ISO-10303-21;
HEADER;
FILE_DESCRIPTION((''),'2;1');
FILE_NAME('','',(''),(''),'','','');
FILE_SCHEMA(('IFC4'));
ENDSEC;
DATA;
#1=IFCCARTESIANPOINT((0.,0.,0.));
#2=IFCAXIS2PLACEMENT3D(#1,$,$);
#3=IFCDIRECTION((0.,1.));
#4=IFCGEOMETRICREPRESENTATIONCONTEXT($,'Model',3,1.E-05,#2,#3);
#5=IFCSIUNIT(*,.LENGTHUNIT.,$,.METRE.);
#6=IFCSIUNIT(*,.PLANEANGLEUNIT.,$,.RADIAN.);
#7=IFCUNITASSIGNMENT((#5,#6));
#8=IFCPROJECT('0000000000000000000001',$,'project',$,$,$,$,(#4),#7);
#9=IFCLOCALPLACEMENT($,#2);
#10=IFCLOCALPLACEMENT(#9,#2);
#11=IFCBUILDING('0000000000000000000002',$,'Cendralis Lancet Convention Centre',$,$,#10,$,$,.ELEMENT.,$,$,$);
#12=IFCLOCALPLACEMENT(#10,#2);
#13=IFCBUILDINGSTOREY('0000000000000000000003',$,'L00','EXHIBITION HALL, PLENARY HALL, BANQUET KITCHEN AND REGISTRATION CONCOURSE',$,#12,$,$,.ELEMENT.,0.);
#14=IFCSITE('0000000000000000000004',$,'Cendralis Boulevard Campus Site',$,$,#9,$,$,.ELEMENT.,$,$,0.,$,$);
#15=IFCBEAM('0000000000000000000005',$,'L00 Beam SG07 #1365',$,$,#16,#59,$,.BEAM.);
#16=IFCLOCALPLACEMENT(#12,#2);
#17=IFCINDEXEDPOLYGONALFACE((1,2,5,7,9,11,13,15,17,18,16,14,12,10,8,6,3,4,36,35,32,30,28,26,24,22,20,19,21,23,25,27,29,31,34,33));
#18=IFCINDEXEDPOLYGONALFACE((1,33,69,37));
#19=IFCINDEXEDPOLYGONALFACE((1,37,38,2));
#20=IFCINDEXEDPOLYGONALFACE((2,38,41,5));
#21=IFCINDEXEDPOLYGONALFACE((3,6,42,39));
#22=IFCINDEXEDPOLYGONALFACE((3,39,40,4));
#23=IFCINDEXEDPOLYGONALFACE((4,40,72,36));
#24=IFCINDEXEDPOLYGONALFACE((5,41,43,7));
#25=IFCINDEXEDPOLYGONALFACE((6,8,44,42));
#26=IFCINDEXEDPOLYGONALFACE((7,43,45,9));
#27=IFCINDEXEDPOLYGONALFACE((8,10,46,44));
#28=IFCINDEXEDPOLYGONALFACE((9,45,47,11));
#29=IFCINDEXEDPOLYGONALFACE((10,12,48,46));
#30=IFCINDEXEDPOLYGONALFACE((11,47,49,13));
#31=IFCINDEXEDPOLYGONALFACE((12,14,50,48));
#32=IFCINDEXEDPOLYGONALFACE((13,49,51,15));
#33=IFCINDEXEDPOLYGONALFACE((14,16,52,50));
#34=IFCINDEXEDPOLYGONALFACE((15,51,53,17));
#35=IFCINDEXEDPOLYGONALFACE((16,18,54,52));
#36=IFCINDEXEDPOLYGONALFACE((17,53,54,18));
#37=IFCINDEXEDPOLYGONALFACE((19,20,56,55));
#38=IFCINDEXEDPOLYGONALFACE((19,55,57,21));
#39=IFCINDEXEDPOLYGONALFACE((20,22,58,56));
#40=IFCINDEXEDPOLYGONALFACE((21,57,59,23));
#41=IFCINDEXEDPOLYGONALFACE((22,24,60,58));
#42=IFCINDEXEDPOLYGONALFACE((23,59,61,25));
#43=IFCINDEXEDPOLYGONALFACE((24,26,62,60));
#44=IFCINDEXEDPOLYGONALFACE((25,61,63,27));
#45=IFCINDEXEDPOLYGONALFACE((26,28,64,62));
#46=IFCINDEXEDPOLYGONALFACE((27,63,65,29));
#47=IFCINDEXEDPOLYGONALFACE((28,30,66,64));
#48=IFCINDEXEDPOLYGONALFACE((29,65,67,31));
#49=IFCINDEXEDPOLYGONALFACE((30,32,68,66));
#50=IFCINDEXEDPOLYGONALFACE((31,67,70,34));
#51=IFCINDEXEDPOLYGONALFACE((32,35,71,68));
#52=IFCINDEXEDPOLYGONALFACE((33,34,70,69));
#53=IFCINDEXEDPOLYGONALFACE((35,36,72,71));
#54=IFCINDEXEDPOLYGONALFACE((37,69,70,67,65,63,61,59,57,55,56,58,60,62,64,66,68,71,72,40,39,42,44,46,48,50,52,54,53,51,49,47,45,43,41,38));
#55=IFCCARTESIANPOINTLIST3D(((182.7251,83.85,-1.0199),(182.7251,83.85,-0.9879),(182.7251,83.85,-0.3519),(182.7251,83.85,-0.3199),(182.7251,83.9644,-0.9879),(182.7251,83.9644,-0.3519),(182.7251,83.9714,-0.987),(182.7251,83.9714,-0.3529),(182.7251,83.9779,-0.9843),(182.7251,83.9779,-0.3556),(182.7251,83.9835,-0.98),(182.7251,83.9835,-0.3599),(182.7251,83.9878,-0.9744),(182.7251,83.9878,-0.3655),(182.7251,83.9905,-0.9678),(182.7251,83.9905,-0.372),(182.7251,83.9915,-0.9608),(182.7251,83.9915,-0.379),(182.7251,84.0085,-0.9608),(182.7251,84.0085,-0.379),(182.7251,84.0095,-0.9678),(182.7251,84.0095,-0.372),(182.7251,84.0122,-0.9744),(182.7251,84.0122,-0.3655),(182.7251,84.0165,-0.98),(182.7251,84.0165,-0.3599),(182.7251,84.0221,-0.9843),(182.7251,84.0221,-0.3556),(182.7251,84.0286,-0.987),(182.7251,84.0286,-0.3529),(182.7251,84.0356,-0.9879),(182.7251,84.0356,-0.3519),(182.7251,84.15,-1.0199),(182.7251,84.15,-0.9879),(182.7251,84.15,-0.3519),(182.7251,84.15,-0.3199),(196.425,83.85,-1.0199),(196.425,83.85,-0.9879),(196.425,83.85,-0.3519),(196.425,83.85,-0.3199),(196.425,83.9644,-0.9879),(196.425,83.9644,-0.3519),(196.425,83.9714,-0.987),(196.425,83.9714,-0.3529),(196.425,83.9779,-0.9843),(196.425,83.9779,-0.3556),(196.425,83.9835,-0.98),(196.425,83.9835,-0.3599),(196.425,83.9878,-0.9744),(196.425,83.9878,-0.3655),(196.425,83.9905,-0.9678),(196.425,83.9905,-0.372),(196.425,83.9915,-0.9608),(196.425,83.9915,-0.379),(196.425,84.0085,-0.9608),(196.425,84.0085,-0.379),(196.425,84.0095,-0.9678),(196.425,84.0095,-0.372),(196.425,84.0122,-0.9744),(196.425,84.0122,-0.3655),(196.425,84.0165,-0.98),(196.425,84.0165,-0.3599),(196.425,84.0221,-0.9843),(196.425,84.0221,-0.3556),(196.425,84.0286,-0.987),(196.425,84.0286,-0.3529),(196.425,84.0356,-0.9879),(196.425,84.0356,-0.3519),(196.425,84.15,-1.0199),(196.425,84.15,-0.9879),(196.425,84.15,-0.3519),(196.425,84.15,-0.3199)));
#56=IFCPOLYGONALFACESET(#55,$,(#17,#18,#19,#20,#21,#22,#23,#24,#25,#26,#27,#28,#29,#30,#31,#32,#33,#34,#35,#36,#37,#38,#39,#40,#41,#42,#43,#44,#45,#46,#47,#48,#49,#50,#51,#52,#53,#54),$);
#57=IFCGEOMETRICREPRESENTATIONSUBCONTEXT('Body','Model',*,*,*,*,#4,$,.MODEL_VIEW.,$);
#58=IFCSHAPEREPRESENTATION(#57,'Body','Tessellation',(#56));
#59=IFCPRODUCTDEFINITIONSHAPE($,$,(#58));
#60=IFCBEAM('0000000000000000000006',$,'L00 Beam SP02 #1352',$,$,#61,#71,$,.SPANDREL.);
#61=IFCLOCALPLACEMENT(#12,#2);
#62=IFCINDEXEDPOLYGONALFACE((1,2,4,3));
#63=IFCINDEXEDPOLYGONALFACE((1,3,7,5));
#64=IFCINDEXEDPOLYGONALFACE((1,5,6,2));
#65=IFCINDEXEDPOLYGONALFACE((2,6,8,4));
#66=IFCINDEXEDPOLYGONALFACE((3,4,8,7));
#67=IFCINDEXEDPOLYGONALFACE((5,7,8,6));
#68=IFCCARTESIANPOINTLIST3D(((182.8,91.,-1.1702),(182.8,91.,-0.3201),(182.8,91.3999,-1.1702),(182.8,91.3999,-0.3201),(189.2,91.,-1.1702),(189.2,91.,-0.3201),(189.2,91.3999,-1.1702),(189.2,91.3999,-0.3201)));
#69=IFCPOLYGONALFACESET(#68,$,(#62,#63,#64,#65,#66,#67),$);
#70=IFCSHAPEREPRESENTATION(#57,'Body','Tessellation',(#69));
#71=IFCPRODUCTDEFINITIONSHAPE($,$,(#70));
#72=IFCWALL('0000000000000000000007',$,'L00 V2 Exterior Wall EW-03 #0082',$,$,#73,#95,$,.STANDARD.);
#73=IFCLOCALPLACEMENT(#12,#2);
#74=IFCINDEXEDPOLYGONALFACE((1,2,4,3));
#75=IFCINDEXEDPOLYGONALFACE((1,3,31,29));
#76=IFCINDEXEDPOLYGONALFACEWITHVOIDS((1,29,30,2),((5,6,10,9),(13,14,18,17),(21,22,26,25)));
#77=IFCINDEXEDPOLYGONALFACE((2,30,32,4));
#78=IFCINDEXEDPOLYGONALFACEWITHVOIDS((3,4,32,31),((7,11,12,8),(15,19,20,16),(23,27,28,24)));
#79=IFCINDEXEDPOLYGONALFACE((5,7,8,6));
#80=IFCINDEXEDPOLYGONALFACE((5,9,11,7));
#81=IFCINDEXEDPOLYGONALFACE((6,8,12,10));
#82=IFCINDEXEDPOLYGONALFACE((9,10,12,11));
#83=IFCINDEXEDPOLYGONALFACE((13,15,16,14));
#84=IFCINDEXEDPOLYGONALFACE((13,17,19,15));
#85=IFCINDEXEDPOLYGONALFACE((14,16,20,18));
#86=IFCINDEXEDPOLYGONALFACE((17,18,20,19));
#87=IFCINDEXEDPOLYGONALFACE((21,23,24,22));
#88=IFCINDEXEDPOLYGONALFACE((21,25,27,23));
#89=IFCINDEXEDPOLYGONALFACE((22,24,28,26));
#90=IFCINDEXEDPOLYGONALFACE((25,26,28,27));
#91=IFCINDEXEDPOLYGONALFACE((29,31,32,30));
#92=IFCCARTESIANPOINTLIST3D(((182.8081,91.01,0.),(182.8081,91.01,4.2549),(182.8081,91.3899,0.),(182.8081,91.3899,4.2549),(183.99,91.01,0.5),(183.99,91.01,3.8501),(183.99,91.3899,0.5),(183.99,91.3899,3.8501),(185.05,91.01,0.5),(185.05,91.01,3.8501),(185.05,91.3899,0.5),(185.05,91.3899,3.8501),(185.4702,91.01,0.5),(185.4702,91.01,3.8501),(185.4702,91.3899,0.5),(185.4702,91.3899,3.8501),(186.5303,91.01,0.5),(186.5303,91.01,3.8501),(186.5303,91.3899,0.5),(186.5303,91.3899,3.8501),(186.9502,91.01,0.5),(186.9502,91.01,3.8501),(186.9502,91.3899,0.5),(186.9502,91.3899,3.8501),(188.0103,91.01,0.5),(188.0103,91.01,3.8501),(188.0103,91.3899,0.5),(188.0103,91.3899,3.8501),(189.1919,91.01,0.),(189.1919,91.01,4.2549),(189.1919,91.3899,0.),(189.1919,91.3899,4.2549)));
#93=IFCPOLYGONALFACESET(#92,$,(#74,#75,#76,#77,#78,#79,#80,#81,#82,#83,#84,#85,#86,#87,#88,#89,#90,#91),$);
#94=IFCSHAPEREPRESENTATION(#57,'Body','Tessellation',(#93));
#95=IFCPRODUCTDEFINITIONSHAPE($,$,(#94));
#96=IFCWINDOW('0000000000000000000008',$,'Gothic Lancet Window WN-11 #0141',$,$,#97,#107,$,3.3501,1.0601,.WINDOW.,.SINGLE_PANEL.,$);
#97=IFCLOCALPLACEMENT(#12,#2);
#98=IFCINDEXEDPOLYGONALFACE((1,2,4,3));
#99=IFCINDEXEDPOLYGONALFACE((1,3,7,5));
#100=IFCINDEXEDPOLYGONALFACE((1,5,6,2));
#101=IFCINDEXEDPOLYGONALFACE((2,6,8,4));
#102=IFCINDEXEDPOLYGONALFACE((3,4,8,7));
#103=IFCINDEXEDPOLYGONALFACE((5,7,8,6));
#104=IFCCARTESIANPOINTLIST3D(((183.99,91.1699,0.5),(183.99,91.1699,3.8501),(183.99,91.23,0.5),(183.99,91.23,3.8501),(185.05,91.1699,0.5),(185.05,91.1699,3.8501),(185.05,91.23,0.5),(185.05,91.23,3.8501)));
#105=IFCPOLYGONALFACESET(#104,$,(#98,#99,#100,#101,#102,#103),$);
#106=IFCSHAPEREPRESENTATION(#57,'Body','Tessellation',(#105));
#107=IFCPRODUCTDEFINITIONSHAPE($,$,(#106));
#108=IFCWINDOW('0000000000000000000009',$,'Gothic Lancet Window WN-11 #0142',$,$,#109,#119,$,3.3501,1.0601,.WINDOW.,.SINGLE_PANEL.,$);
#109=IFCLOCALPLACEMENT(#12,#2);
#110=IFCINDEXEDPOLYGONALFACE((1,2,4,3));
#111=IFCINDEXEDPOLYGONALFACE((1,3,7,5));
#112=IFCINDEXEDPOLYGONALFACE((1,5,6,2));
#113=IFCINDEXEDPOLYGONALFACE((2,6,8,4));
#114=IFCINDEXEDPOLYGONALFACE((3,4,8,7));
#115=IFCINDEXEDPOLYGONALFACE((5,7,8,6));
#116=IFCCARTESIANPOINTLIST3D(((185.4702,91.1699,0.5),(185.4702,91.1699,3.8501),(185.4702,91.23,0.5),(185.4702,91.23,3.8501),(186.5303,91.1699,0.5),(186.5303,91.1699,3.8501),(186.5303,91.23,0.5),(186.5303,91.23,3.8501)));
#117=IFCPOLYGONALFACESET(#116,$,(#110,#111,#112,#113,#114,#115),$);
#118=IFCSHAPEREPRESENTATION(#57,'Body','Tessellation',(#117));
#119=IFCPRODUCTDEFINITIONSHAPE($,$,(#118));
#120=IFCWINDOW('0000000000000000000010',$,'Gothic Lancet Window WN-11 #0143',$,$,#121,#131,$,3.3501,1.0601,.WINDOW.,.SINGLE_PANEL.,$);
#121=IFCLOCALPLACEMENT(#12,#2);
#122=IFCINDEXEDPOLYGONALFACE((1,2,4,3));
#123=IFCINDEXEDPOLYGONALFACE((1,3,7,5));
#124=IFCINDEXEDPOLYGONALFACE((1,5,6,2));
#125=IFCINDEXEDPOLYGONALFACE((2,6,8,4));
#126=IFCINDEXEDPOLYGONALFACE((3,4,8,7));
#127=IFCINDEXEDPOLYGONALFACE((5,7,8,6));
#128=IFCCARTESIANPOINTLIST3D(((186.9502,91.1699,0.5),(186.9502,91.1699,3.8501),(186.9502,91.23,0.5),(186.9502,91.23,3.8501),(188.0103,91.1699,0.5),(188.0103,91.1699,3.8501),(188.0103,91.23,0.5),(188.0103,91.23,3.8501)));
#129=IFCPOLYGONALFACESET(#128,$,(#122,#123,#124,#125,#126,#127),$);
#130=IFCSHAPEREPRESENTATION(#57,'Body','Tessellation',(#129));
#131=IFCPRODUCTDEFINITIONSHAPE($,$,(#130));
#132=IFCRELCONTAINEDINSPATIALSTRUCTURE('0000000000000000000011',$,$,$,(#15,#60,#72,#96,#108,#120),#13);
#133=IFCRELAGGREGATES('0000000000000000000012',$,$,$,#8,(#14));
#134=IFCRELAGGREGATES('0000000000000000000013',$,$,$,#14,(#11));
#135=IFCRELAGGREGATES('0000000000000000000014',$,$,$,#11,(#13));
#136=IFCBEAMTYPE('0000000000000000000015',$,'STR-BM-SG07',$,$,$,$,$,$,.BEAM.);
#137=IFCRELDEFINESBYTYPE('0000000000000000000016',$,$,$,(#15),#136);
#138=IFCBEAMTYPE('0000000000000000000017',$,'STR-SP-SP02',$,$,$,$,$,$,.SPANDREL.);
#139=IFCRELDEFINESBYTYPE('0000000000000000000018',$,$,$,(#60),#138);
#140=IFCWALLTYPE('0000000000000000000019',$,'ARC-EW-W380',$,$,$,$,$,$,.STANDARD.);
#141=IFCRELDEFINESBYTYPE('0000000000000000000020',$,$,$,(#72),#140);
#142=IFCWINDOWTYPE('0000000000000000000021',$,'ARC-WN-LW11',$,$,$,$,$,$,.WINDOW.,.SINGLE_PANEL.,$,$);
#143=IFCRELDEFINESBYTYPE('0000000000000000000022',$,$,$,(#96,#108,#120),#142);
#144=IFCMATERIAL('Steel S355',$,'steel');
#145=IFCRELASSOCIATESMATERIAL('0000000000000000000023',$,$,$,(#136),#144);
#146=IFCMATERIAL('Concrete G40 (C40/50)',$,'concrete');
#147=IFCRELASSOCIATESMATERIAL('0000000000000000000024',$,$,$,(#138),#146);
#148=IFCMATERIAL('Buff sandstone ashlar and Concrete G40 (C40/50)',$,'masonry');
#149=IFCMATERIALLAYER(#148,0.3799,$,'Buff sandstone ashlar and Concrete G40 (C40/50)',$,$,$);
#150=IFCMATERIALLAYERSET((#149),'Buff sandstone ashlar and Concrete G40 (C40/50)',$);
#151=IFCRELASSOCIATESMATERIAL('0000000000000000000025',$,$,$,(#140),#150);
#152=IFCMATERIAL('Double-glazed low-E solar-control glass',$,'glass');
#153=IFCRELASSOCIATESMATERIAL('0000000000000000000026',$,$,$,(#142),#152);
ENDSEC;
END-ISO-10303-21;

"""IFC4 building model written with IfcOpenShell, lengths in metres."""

from ifc_helpers import new_model, si_unit, direction, frame, frame_2d, origin, origin_2d, place, context, subcontext, project, spatial, rectangle, i_section, extrude, material, layer, layer_set, material_profile, profile_set, type_object, element, fill, save


model = new_model("IFC4")

# Units and contexts
model_context = context("Model", 3, precision=1e-05, world=origin(), true_north=direction((0.0, 1.0)))
body_context = subcontext(model_context, "Body", "Model", "MODEL_VIEW")
ifc_project = project(units=[si_unit("LENGTHUNIT", "METRE"), si_unit("PLANEANGLEUNIT", "RADIAN")], contexts=[model_context])

# Site, building, storey
site_placement = place(None, origin())
site = spatial("IfcSite", under=ifc_project, at=site_placement, Name="Cendralis Boulevard Campus Site", CompositionType="ELEMENT", RefElevation=0.0)
building_placement = place(site_placement, origin())
building = spatial("IfcBuilding", under=site, at=building_placement, Name="Cendralis Lancet Convention Centre", CompositionType="ELEMENT")
storey_placement = place(building_placement, origin())
storey = spatial("IfcBuildingStorey", under=building, at=storey_placement, Name="L00", Description="EXHIBITION HALL, PLENARY HALL, BANQUET KITCHEN AND REGISTRATION CONCOURSE", CompositionType="ELEMENT", Elevation=0.0)

# Shared definitions
ifc_material_1 = material(Name="Concrete G40 (C40/50)", Category="concrete")

# Beams
ifc_material_2 = material(Name="Steel S355", Category="steel")
ifc_material_profile_1 = material_profile(ifc_material_2, i_section(OverallWidth=0.3, OverallDepth=0.7, WebThickness=0.0171, FlangeThickness=0.032, FilletRadius=0.0271, at=origin_2d()), Name="HEB 700")
ifc_profile_set_1 = profile_set([ifc_material_profile_1], Name="Steel S355")
beam_type_1 = type_object("IfcBeamType", Name="STR-BM-SG07", PredefinedType="BEAM", material=ifc_profile_set_1)
for number, where, z_axis, x_axis, name in (
    (1, (182.7251, 84.0, -0.6699), (1.0, 0.0, 0.0), (0.0, 1.0, 0.0), "L00 Beam SG07 #1365"),
):
    element("IfcBeam", number, at=place(storey_placement, frame(where, z_axis=z_axis, x_axis=x_axis)), inside=storey, type_object=beam_type_1, Name=name, PredefinedType="BEAM", context=body_context, shape_type="SweptSolid", body=[
        extrude(i_section(OverallWidth=0.3, OverallDepth=0.7, WebThickness=0.0171, FlangeThickness=0.032, FilletRadius=0.0271, at=origin_2d()), origin(), (0.0, 0.0, 1.0), 13.7),
    ])
ifc_material_profile_2 = material_profile(ifc_material_1, rectangle(XDim=0.3999, YDim=0.8501, at=origin_2d()), Name="RCB 400x850")
ifc_profile_set_2 = profile_set([ifc_material_profile_2], Name="Concrete G40 (C40/50)")
beam_type_2 = type_object("IfcBeamType", Name="STR-SP-SP02", PredefinedType="SPANDREL", material=ifc_profile_set_2)
beam_1_placement = place(storey_placement, frame((182.8, 91.2, -0.7451), z_axis=(1.0, 0.0, 0.0), x_axis=(0.0, 1.0, 0.0)))
element("IfcBeam", 2, at=beam_1_placement, inside=storey, type_object=beam_type_2, Name="L00 Beam SP02 #1352", PredefinedType="SPANDREL", context=body_context, shape_type="SweptSolid", body=[
    extrude(rectangle(XDim=0.3999, YDim=0.8501, at=origin_2d()), origin(), (0.0, 0.0, 1.0), 6.3999),
])

# Wall, openings, windows
ifc_material_3 = material(Name="Buff sandstone ashlar and Concrete G40 (C40/50)", Category="masonry")
ifc_layer = layer(ifc_material_3, 0.3799, Name="Buff sandstone ashlar and Concrete G40 (C40/50)")
ifc_layer_set = layer_set([ifc_layer], Name="Buff sandstone ashlar and Concrete G40 (C40/50)")
wall_type = type_object("IfcWallType", Name="ARC-EW-W380", PredefinedType="STANDARD", material=ifc_layer_set)
wall_placement = place(storey_placement, frame((182.8081, 91.2, 0.0), z_axis=(0.0, 0.0, 1.0), x_axis=(1.0, 0.0, 0.0)))
wall = element("IfcWall", 3, at=wall_placement, inside=storey, type_object=wall_type, Name="L00 V2 Exterior Wall EW-03 #0082", PredefinedType="STANDARD", context=body_context, shape_type="SweptSolid", body=[
    extrude(rectangle(XDim=6.3838, YDim=0.3799, at=frame_2d((3.1919, 0.0))), origin(), (0.0, 0.0, 1.0), 4.2549),
])
opening_1_placement = place(wall_placement, frame((1.1819, 0.0, 0.5)))
opening_1 = element("IfcOpeningElement", 4, at=opening_1_placement, cuts=wall, PredefinedType="OPENING", context=body_context, shape_type="SweptSolid", body=[
    extrude(rectangle(XDim=1.0601, YDim=3.3501, at=frame_2d((0.53, 1.675))), frame((0.0, 0.2, 0.0), z_axis=(0.0, -1.0, 0.0), x_axis=(1.0, 0.0, 0.0)), (0.0, 0.0, 1.0), 0.3999),
])
opening_2_placement = place(wall_placement, frame((2.6621, 0.0, 0.5)))
opening_2 = element("IfcOpeningElement", 5, at=opening_2_placement, cuts=wall, PredefinedType="OPENING", context=body_context, shape_type="SweptSolid", body=[
    extrude(rectangle(XDim=1.0601, YDim=3.3501, at=frame_2d((0.53, 1.675))), frame((0.0, 0.2, 0.0), z_axis=(0.0, -1.0, 0.0), x_axis=(1.0, 0.0, 0.0)), (0.0, 0.0, 1.0), 0.3999),
])
opening_3_placement = place(wall_placement, frame((4.1421, 0.0, 0.5)))
opening_3 = element("IfcOpeningElement", 6, at=opening_3_placement, cuts=wall, PredefinedType="OPENING", context=body_context, shape_type="SweptSolid", body=[
    extrude(rectangle(XDim=1.0601, YDim=3.3501, at=frame_2d((0.53, 1.675))), frame((0.0, 0.2, 0.0), z_axis=(0.0, -1.0, 0.0), x_axis=(1.0, 0.0, 0.0)), (0.0, 0.0, 1.0), 0.3999),
])
ifc_material_4 = material(Name="Double-glazed low-E solar-control glass", Category="glass")
window_type = type_object("IfcWindowType", Name="ARC-WN-LW11", PartitioningType="SINGLE_PANEL", PredefinedType="WINDOW", material=ifc_material_4)
window_1_placement = place(opening_1_placement, origin())
window_1 = element("IfcWindow", 7, at=window_1_placement, inside=storey, type_object=window_type, Name="Gothic Lancet Window WN-11 #0141", OverallHeight=3.3501, OverallWidth=1.0601, PartitioningType="SINGLE_PANEL", PredefinedType="WINDOW", context=body_context, shape_type="SweptSolid", body=[
    extrude(rectangle(XDim=1.0601, YDim=3.3501, at=frame_2d((0.53, 1.675))), frame((0.0, 0.03, 0.0), z_axis=(0.0, -1.0, 0.0), x_axis=(1.0, 0.0, 0.0)), (0.0, 0.0, 1.0), 0.0601),
])
fill(opening_1, window_1)
window_2_placement = place(opening_2_placement, origin())
window_2 = element("IfcWindow", 8, at=window_2_placement, inside=storey, type_object=window_type, Name="Gothic Lancet Window WN-11 #0142", OverallHeight=3.3501, OverallWidth=1.0601, PartitioningType="SINGLE_PANEL", PredefinedType="WINDOW", context=body_context, shape_type="SweptSolid", body=[
    extrude(rectangle(XDim=1.0601, YDim=3.3501, at=frame_2d((0.53, 1.675))), frame((0.0, 0.03, 0.0), z_axis=(0.0, -1.0, 0.0), x_axis=(1.0, 0.0, 0.0)), (0.0, 0.0, 1.0), 0.0601),
])
fill(opening_2, window_2)
window_3_placement = place(opening_3_placement, origin())
window_3 = element("IfcWindow", 9, at=window_3_placement, inside=storey, type_object=window_type, Name="Gothic Lancet Window WN-11 #0143", OverallHeight=3.3501, OverallWidth=1.0601, PartitioningType="SINGLE_PANEL", PredefinedType="WINDOW", context=body_context, shape_type="SweptSolid", body=[
    extrude(rectangle(XDim=1.0601, YDim=3.3501, at=frame_2d((0.53, 1.675))), frame((0.0, 0.03, 0.0), z_axis=(0.0, -1.0, 0.0), x_axis=(1.0, 0.0, 0.0)), (0.0, 0.0, 1.0), 0.0601),
])
fill(opening_3, window_3)

save(model, "model.ifc")
